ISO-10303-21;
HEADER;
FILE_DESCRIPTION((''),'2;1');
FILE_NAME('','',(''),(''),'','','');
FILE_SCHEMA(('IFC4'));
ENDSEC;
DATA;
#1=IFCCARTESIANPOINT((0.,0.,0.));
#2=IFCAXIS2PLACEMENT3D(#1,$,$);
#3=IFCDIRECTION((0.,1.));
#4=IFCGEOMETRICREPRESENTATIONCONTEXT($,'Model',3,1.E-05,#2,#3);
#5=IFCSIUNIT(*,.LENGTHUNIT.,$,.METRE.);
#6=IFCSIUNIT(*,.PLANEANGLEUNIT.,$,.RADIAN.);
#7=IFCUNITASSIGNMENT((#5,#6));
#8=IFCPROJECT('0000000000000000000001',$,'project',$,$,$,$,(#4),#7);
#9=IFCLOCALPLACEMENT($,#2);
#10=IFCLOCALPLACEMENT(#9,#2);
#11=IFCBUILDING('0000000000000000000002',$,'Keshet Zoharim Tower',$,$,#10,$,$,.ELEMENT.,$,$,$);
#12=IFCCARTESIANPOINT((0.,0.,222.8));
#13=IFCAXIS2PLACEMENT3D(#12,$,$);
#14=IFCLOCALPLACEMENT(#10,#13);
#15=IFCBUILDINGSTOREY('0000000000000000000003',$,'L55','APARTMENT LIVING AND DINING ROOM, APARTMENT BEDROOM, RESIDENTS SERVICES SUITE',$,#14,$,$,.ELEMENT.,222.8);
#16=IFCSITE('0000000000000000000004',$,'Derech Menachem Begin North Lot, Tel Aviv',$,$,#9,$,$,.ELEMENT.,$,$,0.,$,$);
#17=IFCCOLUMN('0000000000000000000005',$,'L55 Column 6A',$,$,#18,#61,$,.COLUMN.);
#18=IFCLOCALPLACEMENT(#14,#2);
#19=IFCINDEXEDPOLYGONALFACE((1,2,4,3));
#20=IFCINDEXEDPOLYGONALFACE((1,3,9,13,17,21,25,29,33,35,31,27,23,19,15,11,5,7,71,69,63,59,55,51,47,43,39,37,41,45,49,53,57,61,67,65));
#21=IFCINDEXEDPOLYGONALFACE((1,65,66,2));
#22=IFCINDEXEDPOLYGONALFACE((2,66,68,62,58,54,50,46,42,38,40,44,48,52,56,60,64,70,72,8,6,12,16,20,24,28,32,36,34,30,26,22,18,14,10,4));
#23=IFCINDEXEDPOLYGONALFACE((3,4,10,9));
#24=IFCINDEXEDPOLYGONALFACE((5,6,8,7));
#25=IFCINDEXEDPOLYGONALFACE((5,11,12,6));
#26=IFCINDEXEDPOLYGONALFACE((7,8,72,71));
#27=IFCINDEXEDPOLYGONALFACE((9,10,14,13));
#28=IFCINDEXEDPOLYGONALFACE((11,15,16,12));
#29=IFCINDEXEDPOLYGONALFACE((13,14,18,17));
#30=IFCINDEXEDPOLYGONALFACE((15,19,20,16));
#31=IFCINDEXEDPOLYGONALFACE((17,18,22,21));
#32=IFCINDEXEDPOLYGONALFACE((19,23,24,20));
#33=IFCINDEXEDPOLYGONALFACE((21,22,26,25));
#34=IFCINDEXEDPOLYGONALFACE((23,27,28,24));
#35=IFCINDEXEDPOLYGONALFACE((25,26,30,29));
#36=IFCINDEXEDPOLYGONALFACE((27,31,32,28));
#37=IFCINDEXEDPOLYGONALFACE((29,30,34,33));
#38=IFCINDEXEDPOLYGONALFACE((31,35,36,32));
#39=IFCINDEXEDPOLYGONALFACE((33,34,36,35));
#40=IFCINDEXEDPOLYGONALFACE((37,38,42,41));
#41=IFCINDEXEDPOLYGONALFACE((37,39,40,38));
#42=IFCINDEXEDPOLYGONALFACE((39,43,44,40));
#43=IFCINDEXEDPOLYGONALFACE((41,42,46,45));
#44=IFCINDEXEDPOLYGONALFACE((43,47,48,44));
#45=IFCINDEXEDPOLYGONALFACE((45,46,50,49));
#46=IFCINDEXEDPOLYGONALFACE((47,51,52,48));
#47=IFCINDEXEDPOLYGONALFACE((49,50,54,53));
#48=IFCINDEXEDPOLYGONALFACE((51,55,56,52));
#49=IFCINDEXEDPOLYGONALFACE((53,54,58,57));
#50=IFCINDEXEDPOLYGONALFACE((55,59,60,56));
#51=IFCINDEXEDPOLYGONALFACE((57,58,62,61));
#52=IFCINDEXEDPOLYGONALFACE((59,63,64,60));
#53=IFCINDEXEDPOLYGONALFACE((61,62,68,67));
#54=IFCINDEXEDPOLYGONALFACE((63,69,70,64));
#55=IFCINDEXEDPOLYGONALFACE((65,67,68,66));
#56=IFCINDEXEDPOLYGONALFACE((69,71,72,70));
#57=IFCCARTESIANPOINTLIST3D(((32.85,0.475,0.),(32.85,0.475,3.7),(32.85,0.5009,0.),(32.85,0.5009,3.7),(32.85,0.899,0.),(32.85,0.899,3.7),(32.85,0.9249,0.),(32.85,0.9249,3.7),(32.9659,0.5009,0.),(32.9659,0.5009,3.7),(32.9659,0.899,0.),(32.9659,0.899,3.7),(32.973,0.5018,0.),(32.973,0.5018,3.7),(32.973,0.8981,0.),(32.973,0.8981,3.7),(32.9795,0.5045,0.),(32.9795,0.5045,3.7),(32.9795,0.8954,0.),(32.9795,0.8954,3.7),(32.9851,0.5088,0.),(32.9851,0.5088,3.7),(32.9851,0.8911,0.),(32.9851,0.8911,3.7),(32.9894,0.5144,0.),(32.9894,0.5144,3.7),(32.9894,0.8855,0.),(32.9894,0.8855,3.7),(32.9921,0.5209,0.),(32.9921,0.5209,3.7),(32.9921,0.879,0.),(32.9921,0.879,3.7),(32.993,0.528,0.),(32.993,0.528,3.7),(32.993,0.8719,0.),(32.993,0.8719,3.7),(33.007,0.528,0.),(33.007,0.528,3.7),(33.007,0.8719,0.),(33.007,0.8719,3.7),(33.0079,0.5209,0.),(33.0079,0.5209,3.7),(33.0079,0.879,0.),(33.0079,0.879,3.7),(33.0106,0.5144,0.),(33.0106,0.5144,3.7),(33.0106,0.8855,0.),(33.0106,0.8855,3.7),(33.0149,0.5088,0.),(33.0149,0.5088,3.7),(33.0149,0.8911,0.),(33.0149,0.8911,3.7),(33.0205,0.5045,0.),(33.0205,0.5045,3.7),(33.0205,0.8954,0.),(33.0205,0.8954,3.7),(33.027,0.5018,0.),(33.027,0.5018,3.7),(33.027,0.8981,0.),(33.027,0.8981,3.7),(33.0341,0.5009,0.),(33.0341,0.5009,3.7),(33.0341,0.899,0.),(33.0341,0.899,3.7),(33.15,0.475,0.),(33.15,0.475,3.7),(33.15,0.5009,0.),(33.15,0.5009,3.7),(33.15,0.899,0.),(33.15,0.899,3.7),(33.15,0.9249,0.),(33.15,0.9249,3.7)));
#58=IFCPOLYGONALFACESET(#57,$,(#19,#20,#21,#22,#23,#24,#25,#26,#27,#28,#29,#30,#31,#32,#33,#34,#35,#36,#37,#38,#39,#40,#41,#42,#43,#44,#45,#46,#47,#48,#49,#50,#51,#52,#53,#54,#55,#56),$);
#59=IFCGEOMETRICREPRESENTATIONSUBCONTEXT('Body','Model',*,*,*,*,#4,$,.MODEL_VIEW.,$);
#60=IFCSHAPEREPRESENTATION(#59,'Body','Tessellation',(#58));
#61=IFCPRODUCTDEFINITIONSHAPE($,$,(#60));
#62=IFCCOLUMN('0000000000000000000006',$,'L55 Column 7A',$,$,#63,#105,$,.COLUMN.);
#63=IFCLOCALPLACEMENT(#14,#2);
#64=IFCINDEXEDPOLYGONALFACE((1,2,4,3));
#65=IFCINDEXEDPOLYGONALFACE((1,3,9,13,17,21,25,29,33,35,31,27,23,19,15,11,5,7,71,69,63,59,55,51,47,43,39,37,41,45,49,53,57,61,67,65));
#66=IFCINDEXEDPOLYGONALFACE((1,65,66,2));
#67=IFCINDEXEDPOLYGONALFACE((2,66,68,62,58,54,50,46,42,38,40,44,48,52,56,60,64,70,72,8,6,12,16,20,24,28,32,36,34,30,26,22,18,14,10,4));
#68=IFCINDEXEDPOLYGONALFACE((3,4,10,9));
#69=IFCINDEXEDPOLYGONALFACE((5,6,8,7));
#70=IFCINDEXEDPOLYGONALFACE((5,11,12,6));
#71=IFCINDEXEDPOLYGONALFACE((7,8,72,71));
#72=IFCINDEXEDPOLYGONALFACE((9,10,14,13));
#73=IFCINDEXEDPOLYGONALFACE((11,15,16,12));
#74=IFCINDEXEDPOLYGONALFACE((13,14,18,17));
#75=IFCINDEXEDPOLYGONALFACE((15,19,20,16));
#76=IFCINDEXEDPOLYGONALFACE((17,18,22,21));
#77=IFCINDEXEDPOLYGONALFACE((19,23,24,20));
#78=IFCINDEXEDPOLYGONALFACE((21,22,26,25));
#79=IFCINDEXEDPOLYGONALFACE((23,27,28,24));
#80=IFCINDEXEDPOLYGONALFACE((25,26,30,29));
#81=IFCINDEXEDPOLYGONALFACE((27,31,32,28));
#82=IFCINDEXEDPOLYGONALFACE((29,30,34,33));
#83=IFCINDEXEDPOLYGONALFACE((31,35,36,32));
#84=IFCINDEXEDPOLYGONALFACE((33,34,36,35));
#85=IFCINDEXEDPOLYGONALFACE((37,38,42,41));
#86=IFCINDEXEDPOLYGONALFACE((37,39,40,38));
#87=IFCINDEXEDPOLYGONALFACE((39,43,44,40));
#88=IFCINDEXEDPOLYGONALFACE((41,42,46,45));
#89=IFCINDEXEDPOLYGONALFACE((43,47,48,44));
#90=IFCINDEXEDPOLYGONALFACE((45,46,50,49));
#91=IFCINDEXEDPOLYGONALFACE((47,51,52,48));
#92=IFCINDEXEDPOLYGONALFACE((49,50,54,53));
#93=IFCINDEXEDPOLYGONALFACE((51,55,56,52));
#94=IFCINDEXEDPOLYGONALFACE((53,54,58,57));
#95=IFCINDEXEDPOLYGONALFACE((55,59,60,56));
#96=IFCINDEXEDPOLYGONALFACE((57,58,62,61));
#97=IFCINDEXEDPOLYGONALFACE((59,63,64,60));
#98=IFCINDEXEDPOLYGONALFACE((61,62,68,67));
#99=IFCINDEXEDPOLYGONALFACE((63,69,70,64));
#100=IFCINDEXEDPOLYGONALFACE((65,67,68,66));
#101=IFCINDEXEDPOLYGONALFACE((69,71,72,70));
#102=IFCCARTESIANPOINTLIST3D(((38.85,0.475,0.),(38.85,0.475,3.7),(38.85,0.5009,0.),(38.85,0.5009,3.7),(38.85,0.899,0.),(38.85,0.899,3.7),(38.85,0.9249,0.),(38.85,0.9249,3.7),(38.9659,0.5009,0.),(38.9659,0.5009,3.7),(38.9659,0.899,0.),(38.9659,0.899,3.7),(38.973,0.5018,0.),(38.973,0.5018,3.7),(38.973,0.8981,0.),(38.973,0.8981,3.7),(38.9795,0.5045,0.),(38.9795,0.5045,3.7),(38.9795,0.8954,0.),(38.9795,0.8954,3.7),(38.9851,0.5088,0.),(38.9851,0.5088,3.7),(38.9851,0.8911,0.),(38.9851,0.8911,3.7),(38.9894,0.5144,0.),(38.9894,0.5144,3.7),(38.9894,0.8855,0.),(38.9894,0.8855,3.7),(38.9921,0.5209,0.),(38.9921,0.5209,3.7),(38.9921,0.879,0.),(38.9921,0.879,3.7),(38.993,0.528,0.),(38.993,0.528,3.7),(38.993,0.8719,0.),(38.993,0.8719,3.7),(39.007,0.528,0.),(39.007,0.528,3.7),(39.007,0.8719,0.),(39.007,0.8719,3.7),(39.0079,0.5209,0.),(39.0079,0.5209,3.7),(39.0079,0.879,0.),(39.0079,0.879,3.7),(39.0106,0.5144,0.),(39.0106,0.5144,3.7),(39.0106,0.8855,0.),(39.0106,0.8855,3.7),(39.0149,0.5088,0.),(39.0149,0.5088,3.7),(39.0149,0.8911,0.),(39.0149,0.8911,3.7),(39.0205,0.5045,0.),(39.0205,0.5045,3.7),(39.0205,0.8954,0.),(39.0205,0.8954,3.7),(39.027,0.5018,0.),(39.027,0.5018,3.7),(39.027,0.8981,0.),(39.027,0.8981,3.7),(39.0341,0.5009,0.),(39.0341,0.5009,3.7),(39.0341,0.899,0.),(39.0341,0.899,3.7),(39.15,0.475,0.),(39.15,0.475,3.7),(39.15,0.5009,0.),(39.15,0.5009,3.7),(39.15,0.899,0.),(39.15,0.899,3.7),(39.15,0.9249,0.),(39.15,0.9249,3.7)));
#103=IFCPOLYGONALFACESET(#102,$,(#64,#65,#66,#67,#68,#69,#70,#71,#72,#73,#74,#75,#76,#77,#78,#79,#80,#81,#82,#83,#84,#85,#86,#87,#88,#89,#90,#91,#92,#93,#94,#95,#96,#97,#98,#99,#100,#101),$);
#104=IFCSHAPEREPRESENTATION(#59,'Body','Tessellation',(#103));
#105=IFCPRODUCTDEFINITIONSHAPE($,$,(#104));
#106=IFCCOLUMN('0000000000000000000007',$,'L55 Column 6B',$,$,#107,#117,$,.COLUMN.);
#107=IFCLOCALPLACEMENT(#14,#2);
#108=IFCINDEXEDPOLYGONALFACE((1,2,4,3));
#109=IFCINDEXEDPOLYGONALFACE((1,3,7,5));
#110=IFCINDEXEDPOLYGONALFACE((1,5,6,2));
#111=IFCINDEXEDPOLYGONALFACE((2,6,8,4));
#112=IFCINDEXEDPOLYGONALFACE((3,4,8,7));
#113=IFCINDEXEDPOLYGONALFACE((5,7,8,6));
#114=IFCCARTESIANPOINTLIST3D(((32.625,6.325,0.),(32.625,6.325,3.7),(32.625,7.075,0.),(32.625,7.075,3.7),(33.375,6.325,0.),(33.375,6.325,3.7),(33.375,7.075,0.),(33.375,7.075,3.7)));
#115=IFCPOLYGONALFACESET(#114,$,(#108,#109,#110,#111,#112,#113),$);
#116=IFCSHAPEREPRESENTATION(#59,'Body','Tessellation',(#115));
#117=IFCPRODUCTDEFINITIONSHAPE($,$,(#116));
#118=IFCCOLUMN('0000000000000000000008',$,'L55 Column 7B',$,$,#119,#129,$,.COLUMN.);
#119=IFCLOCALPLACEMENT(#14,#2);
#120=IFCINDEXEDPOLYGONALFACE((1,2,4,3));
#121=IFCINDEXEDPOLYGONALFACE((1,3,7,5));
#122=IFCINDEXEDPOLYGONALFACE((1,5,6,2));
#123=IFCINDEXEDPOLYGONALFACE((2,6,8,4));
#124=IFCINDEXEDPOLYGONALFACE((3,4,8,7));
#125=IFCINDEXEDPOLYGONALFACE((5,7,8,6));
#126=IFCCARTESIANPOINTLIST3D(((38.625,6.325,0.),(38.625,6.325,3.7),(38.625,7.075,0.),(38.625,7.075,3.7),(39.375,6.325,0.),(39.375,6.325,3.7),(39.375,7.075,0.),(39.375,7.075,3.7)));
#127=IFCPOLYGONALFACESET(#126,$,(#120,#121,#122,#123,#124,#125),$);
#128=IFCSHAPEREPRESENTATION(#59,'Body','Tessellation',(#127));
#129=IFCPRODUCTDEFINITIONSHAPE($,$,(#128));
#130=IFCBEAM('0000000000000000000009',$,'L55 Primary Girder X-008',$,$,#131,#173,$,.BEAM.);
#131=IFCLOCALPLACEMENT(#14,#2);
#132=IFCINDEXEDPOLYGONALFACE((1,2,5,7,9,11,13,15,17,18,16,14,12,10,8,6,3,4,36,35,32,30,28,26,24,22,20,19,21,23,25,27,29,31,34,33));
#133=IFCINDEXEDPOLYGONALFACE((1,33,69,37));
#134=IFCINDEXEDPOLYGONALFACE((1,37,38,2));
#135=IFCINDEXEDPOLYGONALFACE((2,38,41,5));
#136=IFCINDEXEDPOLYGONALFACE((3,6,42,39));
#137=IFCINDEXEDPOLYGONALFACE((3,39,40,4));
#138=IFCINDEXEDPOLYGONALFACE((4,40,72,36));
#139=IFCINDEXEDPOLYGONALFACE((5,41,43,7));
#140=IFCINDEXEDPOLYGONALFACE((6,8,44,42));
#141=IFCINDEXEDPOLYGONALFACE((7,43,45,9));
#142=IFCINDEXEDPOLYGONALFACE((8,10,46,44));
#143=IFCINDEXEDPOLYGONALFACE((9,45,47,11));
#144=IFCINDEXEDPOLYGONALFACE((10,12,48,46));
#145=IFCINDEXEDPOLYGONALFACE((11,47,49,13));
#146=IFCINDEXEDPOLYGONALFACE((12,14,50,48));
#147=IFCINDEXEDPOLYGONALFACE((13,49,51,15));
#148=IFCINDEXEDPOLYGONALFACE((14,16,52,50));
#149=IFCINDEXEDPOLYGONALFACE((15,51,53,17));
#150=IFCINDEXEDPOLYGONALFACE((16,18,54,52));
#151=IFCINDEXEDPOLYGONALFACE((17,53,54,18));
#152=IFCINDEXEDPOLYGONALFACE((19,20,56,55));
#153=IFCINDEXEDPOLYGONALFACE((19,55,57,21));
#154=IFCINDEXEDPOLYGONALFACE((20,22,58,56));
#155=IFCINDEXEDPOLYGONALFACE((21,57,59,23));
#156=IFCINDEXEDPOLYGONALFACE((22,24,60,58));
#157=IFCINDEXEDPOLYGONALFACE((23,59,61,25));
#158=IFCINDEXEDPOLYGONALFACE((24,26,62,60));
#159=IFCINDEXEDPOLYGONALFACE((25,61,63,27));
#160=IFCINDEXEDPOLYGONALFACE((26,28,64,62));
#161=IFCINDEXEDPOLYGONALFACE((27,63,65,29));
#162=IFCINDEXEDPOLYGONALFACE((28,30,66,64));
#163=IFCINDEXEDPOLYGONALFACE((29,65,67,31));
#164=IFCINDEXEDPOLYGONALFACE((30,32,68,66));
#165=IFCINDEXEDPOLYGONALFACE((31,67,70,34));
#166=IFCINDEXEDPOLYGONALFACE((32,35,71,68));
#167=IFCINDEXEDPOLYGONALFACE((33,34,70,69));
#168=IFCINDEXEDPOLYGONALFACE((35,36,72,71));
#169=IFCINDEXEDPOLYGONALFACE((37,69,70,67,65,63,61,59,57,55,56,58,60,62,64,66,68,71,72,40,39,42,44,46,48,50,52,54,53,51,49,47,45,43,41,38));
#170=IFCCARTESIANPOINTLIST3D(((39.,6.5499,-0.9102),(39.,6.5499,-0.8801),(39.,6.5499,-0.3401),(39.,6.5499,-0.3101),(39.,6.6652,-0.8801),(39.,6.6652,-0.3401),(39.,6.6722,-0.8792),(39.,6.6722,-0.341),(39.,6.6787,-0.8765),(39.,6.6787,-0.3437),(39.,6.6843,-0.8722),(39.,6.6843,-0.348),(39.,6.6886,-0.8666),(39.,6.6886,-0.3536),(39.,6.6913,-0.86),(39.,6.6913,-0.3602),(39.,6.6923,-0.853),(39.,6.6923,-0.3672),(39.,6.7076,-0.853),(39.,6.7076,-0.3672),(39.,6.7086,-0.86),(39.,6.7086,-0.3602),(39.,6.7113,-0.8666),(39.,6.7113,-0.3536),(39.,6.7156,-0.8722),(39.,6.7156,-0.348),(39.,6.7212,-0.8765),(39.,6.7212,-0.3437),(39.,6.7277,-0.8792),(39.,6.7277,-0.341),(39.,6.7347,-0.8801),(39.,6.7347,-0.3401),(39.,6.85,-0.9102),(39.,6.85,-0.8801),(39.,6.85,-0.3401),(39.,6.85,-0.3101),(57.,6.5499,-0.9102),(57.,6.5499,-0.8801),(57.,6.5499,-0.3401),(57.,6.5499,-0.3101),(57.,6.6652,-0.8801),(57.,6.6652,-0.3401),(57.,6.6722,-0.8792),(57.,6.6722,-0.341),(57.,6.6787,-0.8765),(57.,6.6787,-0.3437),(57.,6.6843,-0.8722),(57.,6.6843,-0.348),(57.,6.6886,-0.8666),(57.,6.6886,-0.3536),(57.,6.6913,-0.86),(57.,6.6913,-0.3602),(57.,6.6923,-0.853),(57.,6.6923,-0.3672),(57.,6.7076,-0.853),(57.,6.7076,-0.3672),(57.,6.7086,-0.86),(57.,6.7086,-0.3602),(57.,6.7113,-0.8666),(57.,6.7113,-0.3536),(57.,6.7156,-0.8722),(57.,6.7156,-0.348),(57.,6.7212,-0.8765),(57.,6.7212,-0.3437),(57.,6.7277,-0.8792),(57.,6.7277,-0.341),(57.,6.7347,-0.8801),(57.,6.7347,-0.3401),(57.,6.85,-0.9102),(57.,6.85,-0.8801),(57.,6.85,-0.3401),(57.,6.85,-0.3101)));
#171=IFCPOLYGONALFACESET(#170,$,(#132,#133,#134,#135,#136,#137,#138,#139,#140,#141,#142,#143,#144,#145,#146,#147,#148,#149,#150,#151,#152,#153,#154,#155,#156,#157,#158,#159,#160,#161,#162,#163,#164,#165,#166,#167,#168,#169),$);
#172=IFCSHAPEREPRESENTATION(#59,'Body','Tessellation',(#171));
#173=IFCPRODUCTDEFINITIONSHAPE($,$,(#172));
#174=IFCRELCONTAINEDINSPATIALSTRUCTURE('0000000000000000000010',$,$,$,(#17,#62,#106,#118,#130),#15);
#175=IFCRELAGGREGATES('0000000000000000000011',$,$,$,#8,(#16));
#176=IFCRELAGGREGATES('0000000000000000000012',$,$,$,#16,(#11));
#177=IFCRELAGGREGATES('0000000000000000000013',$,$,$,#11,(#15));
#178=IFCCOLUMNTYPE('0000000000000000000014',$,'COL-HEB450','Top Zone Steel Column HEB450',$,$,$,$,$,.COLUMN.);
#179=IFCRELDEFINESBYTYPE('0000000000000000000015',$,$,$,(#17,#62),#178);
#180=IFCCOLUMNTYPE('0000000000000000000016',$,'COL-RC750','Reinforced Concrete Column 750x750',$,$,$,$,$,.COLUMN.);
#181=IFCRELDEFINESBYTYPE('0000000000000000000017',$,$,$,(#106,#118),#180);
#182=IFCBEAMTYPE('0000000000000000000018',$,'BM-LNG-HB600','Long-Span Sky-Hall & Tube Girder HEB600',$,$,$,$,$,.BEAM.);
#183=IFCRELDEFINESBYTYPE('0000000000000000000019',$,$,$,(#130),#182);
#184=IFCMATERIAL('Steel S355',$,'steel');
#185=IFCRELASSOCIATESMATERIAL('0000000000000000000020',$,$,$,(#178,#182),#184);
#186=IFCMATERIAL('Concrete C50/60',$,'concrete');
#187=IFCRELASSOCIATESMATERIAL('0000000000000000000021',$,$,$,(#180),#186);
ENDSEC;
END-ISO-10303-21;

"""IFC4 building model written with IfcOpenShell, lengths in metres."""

from ifc_helpers import new_model, si_unit, direction, frame, origin, origin_2d, place, context, subcontext, project, spatial, rectangle, i_section, extrude, material, material_profile, profile_set, type_object, element, save


model = new_model("IFC4")

# Units and contexts
model_context = context("Model", 3, precision=1e-05, world=origin(), true_north=direction((0.0, 1.0)))
body_context = subcontext(model_context, "Body", "Model", "MODEL_VIEW")
ifc_project = project(units=[si_unit("LENGTHUNIT", "METRE"), si_unit("PLANEANGLEUNIT", "RADIAN")], contexts=[model_context])

# Site, building, storey
site_placement = place(None, origin())
site = spatial("IfcSite", under=ifc_project, at=site_placement, Name="Derech Menachem Begin North Lot, Tel Aviv", CompositionType="ELEMENT", RefElevation=0.0)
building_placement = place(site_placement, origin())
building = spatial("IfcBuilding", under=site, at=building_placement, Name="Keshet Zoharim Tower", CompositionType="ELEMENT")
storey_placement = place(building_placement, frame((0.0, 0.0, 222.8)))
storey = spatial("IfcBuildingStorey", under=building, at=storey_placement, Name="L55", Description="APARTMENT LIVING AND DINING ROOM, APARTMENT BEDROOM, RESIDENTS SERVICES SUITE", CompositionType="ELEMENT", Elevation=222.8)

# Columns
ifc_material_1 = material(Name="Steel S355", Category="steel")
ifc_material_profile_1 = material_profile(ifc_material_1, i_section(OverallWidth=0.3, OverallDepth=0.45, WebThickness=0.0139, FlangeThickness=0.0259, FilletRadius=0.0271, at=origin_2d()), Name="HEB450")
ifc_profile_set_1 = profile_set([ifc_material_profile_1], Name="Steel S355")
column_type_1 = type_object("IfcColumnType", Name="COL-HEB450", Description="Top Zone Steel Column HEB450", PredefinedType="COLUMN", material=ifc_profile_set_1)
for number, where, z_axis, x_axis, name in (
    (1, (33.0, 0.7, 0.0), (0.0, 0.0, 1.0), (1.0, 0.0, 0.0), "L55 Column 6A"),
    (2, (39.0, 0.7, 0.0), (0.0, 0.0, 1.0), (1.0, 0.0, 0.0), "L55 Column 7A"),
):
    element("IfcColumn", number, at=place(storey_placement, frame(where, z_axis=z_axis, x_axis=x_axis)), inside=storey, type_object=column_type_1, Name=name, PredefinedType="COLUMN", context=body_context, shape_type="SweptSolid", body=[
        extrude(i_section(OverallWidth=0.3, OverallDepth=0.45, WebThickness=0.0139, FlangeThickness=0.0259, FilletRadius=0.0271, at=origin_2d()), origin(), (0.0, 0.0, 1.0), 3.7),
    ])
ifc_material_2 = material(Name="Concrete C50/60", Category="concrete")
ifc_material_profile_2 = material_profile(ifc_material_2, rectangle(XDim=0.75, YDim=0.75, at=origin_2d()), Name="RC750x750")
ifc_profile_set_2 = profile_set([ifc_material_profile_2], Name="Concrete C50/60")
column_type_2 = type_object("IfcColumnType", Name="COL-RC750", Description="Reinforced Concrete Column 750x750", PredefinedType="COLUMN", material=ifc_profile_set_2)
for number, where, z_axis, x_axis, name in (
    (3, (33.0, 6.7, 0.0), (0.0, 0.0, 1.0), (1.0, 0.0, 0.0), "L55 Column 6B"),
    (4, (39.0, 6.7, 0.0), (0.0, 0.0, 1.0), (1.0, 0.0, 0.0), "L55 Column 7B"),
):
    element("IfcColumn", number, at=place(storey_placement, frame(where, z_axis=z_axis, x_axis=x_axis)), inside=storey, type_object=column_type_2, Name=name, PredefinedType="COLUMN", context=body_context, shape_type="SweptSolid", body=[
        extrude(rectangle(XDim=0.75, YDim=0.75, at=origin_2d()), origin(), (0.0, 0.0, 1.0), 3.7),
    ])

# Beam
ifc_material_profile_3 = material_profile(ifc_material_1, i_section(OverallWidth=0.3, OverallDepth=0.6001, WebThickness=0.0154, FlangeThickness=0.03, FilletRadius=0.0271, at=origin_2d()), Name="HEB600")
ifc_profile_set_3 = profile_set([ifc_material_profile_3], Name="Steel S355")
beam_type_1 = type_object("IfcBeamType", Name="BM-LNG-HB600", Description="Long-Span Sky-Hall & Tube Girder HEB600", PredefinedType="BEAM", material=ifc_profile_set_3)
beam_placement = place(storey_placement, frame((39.0, 6.7, -0.6101), z_axis=(1.0, 0.0, 0.0), x_axis=(0.0, 1.0, 0.0)))
element("IfcBeam", 5, at=beam_placement, inside=storey, type_object=beam_type_1, Name="L55 Primary Girder X-008", PredefinedType="BEAM", context=body_context, shape_type="SweptSolid", body=[
    extrude(i_section(OverallWidth=0.3, OverallDepth=0.6001, WebThickness=0.0154, FlangeThickness=0.03, FilletRadius=0.0271, at=origin_2d()), origin(), (0.0, 0.0, 1.0), 18.0),
])

save(model, "model.ifc")
